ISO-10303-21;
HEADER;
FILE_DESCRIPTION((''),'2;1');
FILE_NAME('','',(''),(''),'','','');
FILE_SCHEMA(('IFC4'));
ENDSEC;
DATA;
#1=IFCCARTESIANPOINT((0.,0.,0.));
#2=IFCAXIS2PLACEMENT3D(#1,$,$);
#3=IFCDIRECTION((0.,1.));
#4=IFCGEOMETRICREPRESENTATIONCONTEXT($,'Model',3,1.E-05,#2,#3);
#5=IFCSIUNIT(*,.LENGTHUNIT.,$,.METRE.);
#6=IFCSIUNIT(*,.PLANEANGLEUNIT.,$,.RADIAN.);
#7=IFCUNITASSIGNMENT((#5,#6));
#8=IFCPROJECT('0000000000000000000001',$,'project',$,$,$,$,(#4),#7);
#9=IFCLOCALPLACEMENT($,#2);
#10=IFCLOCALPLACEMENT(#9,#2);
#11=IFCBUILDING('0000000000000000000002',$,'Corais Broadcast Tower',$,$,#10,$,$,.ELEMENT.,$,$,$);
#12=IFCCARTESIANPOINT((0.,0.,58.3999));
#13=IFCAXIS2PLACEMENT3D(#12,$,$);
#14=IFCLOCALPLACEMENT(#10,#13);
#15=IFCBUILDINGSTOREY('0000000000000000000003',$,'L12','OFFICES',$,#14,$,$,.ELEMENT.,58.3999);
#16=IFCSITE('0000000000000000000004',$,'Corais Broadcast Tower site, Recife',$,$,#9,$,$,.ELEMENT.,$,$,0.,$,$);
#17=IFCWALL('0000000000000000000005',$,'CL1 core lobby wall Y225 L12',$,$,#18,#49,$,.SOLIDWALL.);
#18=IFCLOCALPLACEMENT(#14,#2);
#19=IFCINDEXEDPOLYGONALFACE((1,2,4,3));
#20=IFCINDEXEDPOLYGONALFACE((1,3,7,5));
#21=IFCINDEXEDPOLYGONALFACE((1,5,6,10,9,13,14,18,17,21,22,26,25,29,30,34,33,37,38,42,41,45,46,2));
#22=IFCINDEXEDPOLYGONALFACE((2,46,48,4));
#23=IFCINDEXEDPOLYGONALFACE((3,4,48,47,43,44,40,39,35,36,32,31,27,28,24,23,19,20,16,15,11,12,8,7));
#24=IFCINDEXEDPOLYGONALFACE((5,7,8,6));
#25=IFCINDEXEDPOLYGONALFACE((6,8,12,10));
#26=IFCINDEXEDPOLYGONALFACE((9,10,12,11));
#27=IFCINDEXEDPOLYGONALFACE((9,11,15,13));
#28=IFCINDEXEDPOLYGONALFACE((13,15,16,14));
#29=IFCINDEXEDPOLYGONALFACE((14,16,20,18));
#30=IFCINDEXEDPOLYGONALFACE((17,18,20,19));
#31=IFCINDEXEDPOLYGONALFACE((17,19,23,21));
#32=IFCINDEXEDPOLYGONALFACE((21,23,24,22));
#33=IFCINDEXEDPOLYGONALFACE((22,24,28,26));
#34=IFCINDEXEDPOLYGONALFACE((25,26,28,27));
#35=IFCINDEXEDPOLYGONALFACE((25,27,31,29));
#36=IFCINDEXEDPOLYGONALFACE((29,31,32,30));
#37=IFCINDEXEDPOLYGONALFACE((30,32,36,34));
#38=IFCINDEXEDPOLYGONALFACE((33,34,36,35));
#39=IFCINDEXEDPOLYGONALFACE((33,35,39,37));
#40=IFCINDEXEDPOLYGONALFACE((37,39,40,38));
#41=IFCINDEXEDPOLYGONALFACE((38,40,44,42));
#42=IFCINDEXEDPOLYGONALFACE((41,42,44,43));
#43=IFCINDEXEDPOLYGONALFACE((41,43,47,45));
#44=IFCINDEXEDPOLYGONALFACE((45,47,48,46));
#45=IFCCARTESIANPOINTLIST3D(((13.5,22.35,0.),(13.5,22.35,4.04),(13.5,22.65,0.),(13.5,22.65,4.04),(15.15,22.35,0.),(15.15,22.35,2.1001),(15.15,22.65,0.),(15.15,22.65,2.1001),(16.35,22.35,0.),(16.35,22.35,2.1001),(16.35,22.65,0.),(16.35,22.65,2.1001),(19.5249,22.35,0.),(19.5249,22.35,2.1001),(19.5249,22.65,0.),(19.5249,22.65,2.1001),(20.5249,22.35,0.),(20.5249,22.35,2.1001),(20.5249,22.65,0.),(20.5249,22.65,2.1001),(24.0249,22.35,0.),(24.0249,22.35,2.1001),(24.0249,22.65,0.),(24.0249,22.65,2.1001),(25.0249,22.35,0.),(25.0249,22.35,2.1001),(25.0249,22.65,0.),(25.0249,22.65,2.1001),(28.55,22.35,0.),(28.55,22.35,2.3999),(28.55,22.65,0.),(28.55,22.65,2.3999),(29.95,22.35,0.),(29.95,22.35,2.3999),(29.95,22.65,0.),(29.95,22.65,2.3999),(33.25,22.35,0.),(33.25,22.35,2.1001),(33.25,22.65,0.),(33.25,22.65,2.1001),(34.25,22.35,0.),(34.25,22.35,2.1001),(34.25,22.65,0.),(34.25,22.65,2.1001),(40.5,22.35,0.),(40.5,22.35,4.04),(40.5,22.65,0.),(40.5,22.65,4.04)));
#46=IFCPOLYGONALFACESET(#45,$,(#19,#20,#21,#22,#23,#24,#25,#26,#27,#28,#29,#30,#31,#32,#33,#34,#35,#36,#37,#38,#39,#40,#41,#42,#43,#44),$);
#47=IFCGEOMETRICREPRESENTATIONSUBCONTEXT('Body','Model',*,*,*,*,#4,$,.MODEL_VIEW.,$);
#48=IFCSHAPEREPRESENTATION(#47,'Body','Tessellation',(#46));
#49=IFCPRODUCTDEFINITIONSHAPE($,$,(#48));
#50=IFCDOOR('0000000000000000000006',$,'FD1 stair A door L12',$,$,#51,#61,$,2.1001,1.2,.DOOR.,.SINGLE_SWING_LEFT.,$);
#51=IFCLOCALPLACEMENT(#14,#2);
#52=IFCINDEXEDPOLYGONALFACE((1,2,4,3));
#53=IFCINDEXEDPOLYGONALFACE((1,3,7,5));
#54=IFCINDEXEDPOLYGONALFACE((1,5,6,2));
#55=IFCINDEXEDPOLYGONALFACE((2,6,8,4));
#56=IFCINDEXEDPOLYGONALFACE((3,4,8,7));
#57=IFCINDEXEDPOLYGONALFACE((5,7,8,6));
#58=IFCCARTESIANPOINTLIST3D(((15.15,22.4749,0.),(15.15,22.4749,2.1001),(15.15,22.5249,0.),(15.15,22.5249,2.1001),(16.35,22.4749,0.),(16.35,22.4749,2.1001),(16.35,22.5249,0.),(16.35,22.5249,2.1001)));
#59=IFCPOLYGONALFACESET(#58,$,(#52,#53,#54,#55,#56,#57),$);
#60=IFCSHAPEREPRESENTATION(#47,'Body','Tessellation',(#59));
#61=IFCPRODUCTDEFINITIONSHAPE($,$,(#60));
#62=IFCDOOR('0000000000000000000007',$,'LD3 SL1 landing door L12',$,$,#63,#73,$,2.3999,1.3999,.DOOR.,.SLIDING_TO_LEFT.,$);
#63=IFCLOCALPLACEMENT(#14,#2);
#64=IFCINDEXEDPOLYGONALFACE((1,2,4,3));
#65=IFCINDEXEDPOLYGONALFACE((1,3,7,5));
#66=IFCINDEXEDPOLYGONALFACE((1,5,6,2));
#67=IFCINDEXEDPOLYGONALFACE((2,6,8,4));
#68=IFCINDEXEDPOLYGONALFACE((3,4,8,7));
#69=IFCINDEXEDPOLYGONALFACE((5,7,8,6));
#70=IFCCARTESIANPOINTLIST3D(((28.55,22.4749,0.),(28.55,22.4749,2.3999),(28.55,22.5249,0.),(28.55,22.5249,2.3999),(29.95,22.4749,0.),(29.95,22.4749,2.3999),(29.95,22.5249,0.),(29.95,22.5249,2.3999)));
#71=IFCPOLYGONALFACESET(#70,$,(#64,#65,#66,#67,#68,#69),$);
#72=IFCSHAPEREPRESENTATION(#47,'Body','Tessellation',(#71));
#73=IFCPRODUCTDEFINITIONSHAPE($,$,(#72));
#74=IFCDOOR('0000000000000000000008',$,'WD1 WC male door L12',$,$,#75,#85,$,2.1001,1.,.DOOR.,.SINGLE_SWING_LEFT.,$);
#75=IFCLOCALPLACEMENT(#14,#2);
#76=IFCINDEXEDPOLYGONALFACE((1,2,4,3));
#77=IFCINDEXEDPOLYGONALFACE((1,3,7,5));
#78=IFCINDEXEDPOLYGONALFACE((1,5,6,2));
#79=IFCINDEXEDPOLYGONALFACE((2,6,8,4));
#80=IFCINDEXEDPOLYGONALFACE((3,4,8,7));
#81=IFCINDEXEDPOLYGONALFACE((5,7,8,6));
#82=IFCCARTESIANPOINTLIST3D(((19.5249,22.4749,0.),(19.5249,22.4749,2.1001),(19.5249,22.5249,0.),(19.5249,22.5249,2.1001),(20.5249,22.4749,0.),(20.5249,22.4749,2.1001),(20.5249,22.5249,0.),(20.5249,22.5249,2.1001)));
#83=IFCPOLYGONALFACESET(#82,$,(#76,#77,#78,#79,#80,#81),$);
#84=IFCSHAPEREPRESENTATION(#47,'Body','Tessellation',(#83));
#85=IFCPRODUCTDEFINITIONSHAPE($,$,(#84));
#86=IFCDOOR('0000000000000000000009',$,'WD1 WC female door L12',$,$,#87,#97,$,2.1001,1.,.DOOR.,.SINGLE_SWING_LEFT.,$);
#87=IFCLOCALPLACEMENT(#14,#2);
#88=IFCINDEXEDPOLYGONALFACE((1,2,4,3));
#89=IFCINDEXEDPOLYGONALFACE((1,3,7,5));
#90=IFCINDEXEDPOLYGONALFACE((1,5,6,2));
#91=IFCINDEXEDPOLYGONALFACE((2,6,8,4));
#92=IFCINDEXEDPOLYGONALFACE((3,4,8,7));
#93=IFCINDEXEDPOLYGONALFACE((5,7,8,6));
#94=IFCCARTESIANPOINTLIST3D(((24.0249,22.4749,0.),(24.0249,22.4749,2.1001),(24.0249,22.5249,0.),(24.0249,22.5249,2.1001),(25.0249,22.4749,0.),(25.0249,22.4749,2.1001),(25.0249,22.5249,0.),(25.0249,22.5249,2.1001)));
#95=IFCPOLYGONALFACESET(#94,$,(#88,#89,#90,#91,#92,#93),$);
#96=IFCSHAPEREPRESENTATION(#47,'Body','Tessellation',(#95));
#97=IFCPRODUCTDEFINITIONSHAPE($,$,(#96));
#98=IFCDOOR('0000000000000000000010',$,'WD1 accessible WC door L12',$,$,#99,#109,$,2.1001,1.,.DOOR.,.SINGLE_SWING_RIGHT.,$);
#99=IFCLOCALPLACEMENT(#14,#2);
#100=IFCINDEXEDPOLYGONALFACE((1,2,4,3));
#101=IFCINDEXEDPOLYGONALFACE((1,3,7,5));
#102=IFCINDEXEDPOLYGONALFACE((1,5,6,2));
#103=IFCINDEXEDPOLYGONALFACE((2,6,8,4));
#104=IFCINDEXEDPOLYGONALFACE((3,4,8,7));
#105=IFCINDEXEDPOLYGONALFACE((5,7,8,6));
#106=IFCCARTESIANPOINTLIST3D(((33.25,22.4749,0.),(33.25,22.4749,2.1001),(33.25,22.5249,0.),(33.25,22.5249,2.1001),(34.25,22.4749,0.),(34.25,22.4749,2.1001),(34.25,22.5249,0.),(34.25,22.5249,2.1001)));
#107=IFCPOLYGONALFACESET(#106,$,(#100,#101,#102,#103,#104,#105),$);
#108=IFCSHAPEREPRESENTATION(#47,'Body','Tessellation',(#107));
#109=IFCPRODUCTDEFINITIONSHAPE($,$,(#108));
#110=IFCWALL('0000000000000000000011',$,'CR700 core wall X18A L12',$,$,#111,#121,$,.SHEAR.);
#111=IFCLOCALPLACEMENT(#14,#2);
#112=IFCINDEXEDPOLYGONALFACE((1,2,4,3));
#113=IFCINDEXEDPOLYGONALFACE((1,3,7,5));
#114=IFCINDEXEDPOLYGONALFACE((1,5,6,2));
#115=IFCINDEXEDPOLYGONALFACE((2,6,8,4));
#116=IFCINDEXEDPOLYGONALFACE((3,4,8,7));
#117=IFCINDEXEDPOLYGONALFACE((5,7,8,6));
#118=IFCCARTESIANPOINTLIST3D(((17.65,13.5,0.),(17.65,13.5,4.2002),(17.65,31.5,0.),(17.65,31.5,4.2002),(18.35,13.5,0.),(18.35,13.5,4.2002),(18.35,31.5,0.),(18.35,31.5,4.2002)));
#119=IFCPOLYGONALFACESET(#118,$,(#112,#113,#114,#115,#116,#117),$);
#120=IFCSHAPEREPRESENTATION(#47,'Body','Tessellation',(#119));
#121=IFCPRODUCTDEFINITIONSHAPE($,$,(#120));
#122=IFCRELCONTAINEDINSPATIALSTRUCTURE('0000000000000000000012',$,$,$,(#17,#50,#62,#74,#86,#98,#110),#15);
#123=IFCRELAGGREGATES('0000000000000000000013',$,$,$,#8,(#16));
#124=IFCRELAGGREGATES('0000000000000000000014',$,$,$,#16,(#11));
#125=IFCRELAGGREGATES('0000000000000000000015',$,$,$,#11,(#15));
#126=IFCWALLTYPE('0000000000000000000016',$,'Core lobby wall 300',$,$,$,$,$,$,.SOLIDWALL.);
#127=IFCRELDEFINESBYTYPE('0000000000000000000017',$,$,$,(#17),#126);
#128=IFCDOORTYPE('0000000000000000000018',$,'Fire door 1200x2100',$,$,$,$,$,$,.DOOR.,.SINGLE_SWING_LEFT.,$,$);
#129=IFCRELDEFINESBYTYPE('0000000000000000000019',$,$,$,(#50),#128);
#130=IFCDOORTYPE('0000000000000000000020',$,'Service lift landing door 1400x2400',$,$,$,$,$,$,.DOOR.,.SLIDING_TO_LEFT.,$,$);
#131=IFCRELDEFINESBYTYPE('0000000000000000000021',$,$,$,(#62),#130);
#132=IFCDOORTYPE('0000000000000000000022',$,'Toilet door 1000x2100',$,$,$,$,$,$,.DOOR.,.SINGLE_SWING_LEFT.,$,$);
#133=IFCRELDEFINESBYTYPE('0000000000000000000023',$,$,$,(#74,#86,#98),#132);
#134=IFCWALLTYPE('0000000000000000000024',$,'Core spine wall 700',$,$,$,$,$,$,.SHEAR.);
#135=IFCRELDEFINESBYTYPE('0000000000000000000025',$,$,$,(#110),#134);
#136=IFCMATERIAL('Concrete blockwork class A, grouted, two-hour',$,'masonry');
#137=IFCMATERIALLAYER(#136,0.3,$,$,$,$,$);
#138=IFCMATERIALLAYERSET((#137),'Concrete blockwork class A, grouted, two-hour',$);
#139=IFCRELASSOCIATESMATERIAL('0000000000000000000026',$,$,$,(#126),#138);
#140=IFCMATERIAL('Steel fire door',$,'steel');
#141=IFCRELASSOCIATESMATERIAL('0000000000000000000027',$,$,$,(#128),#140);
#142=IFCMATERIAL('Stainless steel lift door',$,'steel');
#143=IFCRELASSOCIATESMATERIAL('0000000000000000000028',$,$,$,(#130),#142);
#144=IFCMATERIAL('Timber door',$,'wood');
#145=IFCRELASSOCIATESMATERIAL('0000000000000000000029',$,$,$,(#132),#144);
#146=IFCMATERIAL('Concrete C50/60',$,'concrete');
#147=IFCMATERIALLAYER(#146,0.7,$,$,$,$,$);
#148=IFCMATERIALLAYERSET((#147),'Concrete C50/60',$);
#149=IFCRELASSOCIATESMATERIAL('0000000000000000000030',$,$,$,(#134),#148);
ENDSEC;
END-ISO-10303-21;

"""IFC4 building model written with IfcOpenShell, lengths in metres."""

from ifc_helpers import new_model, si_unit, direction, frame, frame_2d, origin, place, context, subcontext, project, spatial, rectangle, extrude, material, layer, layer_set, type_object, element, fill, save


model = new_model("IFC4")

# Units and contexts
model_context = context("Model", 3, precision=1e-05, world=origin(), true_north=direction((0.0, 1.0)))
body_context = subcontext(model_context, "Body", "Model", "MODEL_VIEW")
ifc_project = project(units=[si_unit("LENGTHUNIT", "METRE"), si_unit("PLANEANGLEUNIT", "RADIAN")], contexts=[model_context])

# Site, building, storey
site_placement = place(None, origin())
site = spatial("IfcSite", under=ifc_project, at=site_placement, Name="Corais Broadcast Tower site, Recife", CompositionType="ELEMENT", RefElevation=0.0)
building_placement = place(site_placement, origin())
building = spatial("IfcBuilding", under=site, at=building_placement, Name="Corais Broadcast Tower", CompositionType="ELEMENT")
storey_placement = place(building_placement, frame((0.0, 0.0, 58.3999)))
storey = spatial("IfcBuildingStorey", under=building, at=storey_placement, Name="L12", Description="OFFICES", CompositionType="ELEMENT", Elevation=58.3999)

# Wall, openings, doors
ifc_material_1 = material(Name="Concrete blockwork class A, grouted, two-hour", Category="masonry")
ifc_layer_1 = layer(ifc_material_1, 0.3)
ifc_layer_set_1 = layer_set([ifc_layer_1], Name="Concrete blockwork class A, grouted, two-hour")
wall_type_1 = type_object("IfcWallType", Name="Core lobby wall 300", PredefinedType="SOLIDWALL", material=ifc_layer_set_1)
wall_1_placement = place(storey_placement, frame((13.5, 22.5, 0.0), z_axis=(0.0, 0.0, 1.0), x_axis=(1.0, 0.0, 0.0)))
wall_1 = element("IfcWall", 1, at=wall_1_placement, inside=storey, type_object=wall_type_1, Name="CL1 core lobby wall Y225 L12", PredefinedType="SOLIDWALL", context=body_context, shape_type="SweptSolid", body=[
    extrude(rectangle(XDim=27.0, YDim=0.3, at=frame_2d((13.5, 0.0))), origin(), (0.0, 0.0, 1.0), 4.04),
])
opening_1_placement = place(wall_1_placement, frame((1.6499, 0.0, 0.0)))
opening_1 = element("IfcOpeningElement", 2, at=opening_1_placement, cuts=wall_1, PredefinedType="OPENING", context=body_context, shape_type="SweptSolid", body=[
    extrude(rectangle(XDim=1.2, YDim=2.1001, at=frame_2d((0.6001, 1.05))), frame((0.0, 0.1599, 0.0), z_axis=(0.0, -1.0, 0.0), x_axis=(1.0, 0.0, 0.0)), (0.0, 0.0, 1.0), 0.3201),
])
opening_2_placement = place(wall_1_placement, frame((6.0249, 0.0, 0.0)))
opening_2 = element("IfcOpeningElement", 3, at=opening_2_placement, cuts=wall_1, PredefinedType="OPENING", context=body_context, shape_type="SweptSolid", body=[
    extrude(rectangle(XDim=1.0, YDim=2.1001, at=frame_2d((0.5, 1.05))), frame((0.0, 0.1599, 0.0), z_axis=(0.0, -1.0, 0.0), x_axis=(1.0, 0.0, 0.0)), (0.0, 0.0, 1.0), 0.3201),
])
opening_3_placement = place(wall_1_placement, frame((10.5249, 0.0, 0.0)))
opening_3 = element("IfcOpeningElement", 4, at=opening_3_placement, cuts=wall_1, PredefinedType="OPENING", context=body_context, shape_type="SweptSolid", body=[
    extrude(rectangle(XDim=1.0, YDim=2.1001, at=frame_2d((0.5, 1.05))), frame((0.0, 0.1599, 0.0), z_axis=(0.0, -1.0, 0.0), x_axis=(1.0, 0.0, 0.0)), (0.0, 0.0, 1.0), 0.3201),
])
opening_4_placement = place(wall_1_placement, frame((19.75, 0.0, 0.0)))
opening_4 = element("IfcOpeningElement", 5, at=opening_4_placement, cuts=wall_1, PredefinedType="OPENING", context=body_context, shape_type="SweptSolid", body=[
    extrude(rectangle(XDim=1.0, YDim=2.1001, at=frame_2d((0.5, 1.05))), frame((0.0, 0.1599, 0.0), z_axis=(0.0, -1.0, 0.0), x_axis=(1.0, 0.0, 0.0)), (0.0, 0.0, 1.0), 0.3201),
])
opening_5_placement = place(wall_1_placement, frame((15.05, 0.0, 0.0)))
opening_5 = element("IfcOpeningElement", 6, at=opening_5_placement, cuts=wall_1, PredefinedType="OPENING", context=body_context, shape_type="SweptSolid", body=[
    extrude(rectangle(XDim=1.3999, YDim=2.3999, at=frame_2d((0.7, 1.2))), frame((0.0, 0.1599, 0.0), z_axis=(0.0, -1.0, 0.0), x_axis=(1.0, 0.0, 0.0)), (0.0, 0.0, 1.0), 0.3201),
])
ifc_material_2 = material(Name="Steel fire door", Category="steel")
door_type_1 = type_object("IfcDoorType", Name="Fire door 1200x2100", OperationType="SINGLE_SWING_LEFT", PredefinedType="DOOR", material=ifc_material_2)
door_1_placement = place(opening_1_placement, origin())
door_1 = element("IfcDoor", 7, at=door_1_placement, inside=storey, type_object=door_type_1, Name="FD1 stair A door L12", OperationType="SINGLE_SWING_LEFT", OverallHeight=2.1001, OverallWidth=1.2, PredefinedType="DOOR", context=body_context, shape_type="SweptSolid", body=[
    extrude(rectangle(XDim=1.2, YDim=2.1001, at=frame_2d((0.6001, 1.05))), frame((0.0, 0.0249, 0.0), z_axis=(0.0, -1.0, 0.0), x_axis=(1.0, 0.0, 0.0)), (0.0, 0.0, 1.0), 0.05),
])
fill(opening_1, door_1)
ifc_material_3 = material(Name="Stainless steel lift door", Category="steel")
door_type_2 = type_object("IfcDoorType", Name="Service lift landing door 1400x2400", OperationType="SLIDING_TO_LEFT", PredefinedType="DOOR", material=ifc_material_3)
door_2_placement = place(opening_5_placement, origin())
door_2 = element("IfcDoor", 8, at=door_2_placement, inside=storey, type_object=door_type_2, Name="LD3 SL1 landing door L12", OperationType="SLIDING_TO_LEFT", OverallHeight=2.3999, OverallWidth=1.3999, PredefinedType="DOOR", context=body_context, shape_type="SweptSolid", body=[
    extrude(rectangle(XDim=1.3999, YDim=2.3999, at=frame_2d((0.7, 1.2))), frame((0.0, 0.0249, 0.0), z_axis=(0.0, -1.0, 0.0), x_axis=(1.0, 0.0, 0.0)), (0.0, 0.0, 1.0), 0.05),
])
fill(opening_5, door_2)
ifc_material_4 = material(Name="Timber door", Category="wood")
door_type_3 = type_object("IfcDoorType", Name="Toilet door 1000x2100", OperationType="SINGLE_SWING_LEFT", PredefinedType="DOOR", material=ifc_material_4)
door_3_placement = place(opening_2_placement, origin())
door_3 = element("IfcDoor", 9, at=door_3_placement, inside=storey, type_object=door_type_3, Name="WD1 WC male door L12", OperationType="SINGLE_SWING_LEFT", OverallHeight=2.1001, OverallWidth=1.0, PredefinedType="DOOR", context=body_context, shape_type="SweptSolid", body=[
    extrude(rectangle(XDim=1.0, YDim=2.1001, at=frame_2d((0.5, 1.05))), frame((0.0, 0.0249, 0.0), z_axis=(0.0, -1.0, 0.0), x_axis=(1.0, 0.0, 0.0)), (0.0, 0.0, 1.0), 0.05),
])
fill(opening_2, door_3)
door_4_placement = place(opening_3_placement, origin())
door_4 = element("IfcDoor", 10, at=door_4_placement, inside=storey, type_object=door_type_3, Name="WD1 WC female door L12", OperationType="SINGLE_SWING_LEFT", OverallHeight=2.1001, OverallWidth=1.0, PredefinedType="DOOR", context=body_context, shape_type="SweptSolid", body=[
    extrude(rectangle(XDim=1.0, YDim=2.1001, at=frame_2d((0.5, 1.05))), frame((0.0, 0.0249, 0.0), z_axis=(0.0, -1.0, 0.0), x_axis=(1.0, 0.0, 0.0)), (0.0, 0.0, 1.0), 0.05),
])
fill(opening_3, door_4)
door_5_placement = place(opening_4_placement, origin())
door_5 = element("IfcDoor", 11, at=door_5_placement, inside=storey, type_object=door_type_3, Name="WD1 accessible WC door L12", OperationType="SINGLE_SWING_RIGHT", OverallHeight=2.1001, OverallWidth=1.0, PredefinedType="DOOR", context=body_context, shape_type="SweptSolid", body=[
    extrude(rectangle(XDim=1.0, YDim=2.1001, at=frame_2d((0.5, 1.05))), frame((0.0, 0.0249, 0.0), z_axis=(0.0, -1.0, 0.0), x_axis=(1.0, 0.0, 0.0)), (0.0, 0.0, 1.0), 0.05),
])
fill(opening_4, door_5)

# Wall
ifc_material_5 = material(Name="Concrete C50/60", Category="concrete")
ifc_layer_2 = layer(ifc_material_5, 0.7)
ifc_layer_set_2 = layer_set([ifc_layer_2], Name="Concrete C50/60")
wall_type_2 = type_object("IfcWallType", Name="Core spine wall 700", PredefinedType="SHEAR", material=ifc_layer_set_2)
wall_2_placement = place(storey_placement, frame((18.0, 13.5, 0.0), z_axis=(0.0, 0.0, 1.0), x_axis=(0.0, 1.0, 0.0)))
element("IfcWall", 12, at=wall_2_placement, inside=storey, type_object=wall_type_2, Name="CR700 core wall X18A L12", PredefinedType="SHEAR", context=body_context, shape_type="SweptSolid", body=[
    extrude(rectangle(XDim=18.0, YDim=0.7, at=frame_2d((9.0, 0.0))), origin(), (0.0, 0.0, 1.0), 4.2002),
])

save(model, "model.ifc")
